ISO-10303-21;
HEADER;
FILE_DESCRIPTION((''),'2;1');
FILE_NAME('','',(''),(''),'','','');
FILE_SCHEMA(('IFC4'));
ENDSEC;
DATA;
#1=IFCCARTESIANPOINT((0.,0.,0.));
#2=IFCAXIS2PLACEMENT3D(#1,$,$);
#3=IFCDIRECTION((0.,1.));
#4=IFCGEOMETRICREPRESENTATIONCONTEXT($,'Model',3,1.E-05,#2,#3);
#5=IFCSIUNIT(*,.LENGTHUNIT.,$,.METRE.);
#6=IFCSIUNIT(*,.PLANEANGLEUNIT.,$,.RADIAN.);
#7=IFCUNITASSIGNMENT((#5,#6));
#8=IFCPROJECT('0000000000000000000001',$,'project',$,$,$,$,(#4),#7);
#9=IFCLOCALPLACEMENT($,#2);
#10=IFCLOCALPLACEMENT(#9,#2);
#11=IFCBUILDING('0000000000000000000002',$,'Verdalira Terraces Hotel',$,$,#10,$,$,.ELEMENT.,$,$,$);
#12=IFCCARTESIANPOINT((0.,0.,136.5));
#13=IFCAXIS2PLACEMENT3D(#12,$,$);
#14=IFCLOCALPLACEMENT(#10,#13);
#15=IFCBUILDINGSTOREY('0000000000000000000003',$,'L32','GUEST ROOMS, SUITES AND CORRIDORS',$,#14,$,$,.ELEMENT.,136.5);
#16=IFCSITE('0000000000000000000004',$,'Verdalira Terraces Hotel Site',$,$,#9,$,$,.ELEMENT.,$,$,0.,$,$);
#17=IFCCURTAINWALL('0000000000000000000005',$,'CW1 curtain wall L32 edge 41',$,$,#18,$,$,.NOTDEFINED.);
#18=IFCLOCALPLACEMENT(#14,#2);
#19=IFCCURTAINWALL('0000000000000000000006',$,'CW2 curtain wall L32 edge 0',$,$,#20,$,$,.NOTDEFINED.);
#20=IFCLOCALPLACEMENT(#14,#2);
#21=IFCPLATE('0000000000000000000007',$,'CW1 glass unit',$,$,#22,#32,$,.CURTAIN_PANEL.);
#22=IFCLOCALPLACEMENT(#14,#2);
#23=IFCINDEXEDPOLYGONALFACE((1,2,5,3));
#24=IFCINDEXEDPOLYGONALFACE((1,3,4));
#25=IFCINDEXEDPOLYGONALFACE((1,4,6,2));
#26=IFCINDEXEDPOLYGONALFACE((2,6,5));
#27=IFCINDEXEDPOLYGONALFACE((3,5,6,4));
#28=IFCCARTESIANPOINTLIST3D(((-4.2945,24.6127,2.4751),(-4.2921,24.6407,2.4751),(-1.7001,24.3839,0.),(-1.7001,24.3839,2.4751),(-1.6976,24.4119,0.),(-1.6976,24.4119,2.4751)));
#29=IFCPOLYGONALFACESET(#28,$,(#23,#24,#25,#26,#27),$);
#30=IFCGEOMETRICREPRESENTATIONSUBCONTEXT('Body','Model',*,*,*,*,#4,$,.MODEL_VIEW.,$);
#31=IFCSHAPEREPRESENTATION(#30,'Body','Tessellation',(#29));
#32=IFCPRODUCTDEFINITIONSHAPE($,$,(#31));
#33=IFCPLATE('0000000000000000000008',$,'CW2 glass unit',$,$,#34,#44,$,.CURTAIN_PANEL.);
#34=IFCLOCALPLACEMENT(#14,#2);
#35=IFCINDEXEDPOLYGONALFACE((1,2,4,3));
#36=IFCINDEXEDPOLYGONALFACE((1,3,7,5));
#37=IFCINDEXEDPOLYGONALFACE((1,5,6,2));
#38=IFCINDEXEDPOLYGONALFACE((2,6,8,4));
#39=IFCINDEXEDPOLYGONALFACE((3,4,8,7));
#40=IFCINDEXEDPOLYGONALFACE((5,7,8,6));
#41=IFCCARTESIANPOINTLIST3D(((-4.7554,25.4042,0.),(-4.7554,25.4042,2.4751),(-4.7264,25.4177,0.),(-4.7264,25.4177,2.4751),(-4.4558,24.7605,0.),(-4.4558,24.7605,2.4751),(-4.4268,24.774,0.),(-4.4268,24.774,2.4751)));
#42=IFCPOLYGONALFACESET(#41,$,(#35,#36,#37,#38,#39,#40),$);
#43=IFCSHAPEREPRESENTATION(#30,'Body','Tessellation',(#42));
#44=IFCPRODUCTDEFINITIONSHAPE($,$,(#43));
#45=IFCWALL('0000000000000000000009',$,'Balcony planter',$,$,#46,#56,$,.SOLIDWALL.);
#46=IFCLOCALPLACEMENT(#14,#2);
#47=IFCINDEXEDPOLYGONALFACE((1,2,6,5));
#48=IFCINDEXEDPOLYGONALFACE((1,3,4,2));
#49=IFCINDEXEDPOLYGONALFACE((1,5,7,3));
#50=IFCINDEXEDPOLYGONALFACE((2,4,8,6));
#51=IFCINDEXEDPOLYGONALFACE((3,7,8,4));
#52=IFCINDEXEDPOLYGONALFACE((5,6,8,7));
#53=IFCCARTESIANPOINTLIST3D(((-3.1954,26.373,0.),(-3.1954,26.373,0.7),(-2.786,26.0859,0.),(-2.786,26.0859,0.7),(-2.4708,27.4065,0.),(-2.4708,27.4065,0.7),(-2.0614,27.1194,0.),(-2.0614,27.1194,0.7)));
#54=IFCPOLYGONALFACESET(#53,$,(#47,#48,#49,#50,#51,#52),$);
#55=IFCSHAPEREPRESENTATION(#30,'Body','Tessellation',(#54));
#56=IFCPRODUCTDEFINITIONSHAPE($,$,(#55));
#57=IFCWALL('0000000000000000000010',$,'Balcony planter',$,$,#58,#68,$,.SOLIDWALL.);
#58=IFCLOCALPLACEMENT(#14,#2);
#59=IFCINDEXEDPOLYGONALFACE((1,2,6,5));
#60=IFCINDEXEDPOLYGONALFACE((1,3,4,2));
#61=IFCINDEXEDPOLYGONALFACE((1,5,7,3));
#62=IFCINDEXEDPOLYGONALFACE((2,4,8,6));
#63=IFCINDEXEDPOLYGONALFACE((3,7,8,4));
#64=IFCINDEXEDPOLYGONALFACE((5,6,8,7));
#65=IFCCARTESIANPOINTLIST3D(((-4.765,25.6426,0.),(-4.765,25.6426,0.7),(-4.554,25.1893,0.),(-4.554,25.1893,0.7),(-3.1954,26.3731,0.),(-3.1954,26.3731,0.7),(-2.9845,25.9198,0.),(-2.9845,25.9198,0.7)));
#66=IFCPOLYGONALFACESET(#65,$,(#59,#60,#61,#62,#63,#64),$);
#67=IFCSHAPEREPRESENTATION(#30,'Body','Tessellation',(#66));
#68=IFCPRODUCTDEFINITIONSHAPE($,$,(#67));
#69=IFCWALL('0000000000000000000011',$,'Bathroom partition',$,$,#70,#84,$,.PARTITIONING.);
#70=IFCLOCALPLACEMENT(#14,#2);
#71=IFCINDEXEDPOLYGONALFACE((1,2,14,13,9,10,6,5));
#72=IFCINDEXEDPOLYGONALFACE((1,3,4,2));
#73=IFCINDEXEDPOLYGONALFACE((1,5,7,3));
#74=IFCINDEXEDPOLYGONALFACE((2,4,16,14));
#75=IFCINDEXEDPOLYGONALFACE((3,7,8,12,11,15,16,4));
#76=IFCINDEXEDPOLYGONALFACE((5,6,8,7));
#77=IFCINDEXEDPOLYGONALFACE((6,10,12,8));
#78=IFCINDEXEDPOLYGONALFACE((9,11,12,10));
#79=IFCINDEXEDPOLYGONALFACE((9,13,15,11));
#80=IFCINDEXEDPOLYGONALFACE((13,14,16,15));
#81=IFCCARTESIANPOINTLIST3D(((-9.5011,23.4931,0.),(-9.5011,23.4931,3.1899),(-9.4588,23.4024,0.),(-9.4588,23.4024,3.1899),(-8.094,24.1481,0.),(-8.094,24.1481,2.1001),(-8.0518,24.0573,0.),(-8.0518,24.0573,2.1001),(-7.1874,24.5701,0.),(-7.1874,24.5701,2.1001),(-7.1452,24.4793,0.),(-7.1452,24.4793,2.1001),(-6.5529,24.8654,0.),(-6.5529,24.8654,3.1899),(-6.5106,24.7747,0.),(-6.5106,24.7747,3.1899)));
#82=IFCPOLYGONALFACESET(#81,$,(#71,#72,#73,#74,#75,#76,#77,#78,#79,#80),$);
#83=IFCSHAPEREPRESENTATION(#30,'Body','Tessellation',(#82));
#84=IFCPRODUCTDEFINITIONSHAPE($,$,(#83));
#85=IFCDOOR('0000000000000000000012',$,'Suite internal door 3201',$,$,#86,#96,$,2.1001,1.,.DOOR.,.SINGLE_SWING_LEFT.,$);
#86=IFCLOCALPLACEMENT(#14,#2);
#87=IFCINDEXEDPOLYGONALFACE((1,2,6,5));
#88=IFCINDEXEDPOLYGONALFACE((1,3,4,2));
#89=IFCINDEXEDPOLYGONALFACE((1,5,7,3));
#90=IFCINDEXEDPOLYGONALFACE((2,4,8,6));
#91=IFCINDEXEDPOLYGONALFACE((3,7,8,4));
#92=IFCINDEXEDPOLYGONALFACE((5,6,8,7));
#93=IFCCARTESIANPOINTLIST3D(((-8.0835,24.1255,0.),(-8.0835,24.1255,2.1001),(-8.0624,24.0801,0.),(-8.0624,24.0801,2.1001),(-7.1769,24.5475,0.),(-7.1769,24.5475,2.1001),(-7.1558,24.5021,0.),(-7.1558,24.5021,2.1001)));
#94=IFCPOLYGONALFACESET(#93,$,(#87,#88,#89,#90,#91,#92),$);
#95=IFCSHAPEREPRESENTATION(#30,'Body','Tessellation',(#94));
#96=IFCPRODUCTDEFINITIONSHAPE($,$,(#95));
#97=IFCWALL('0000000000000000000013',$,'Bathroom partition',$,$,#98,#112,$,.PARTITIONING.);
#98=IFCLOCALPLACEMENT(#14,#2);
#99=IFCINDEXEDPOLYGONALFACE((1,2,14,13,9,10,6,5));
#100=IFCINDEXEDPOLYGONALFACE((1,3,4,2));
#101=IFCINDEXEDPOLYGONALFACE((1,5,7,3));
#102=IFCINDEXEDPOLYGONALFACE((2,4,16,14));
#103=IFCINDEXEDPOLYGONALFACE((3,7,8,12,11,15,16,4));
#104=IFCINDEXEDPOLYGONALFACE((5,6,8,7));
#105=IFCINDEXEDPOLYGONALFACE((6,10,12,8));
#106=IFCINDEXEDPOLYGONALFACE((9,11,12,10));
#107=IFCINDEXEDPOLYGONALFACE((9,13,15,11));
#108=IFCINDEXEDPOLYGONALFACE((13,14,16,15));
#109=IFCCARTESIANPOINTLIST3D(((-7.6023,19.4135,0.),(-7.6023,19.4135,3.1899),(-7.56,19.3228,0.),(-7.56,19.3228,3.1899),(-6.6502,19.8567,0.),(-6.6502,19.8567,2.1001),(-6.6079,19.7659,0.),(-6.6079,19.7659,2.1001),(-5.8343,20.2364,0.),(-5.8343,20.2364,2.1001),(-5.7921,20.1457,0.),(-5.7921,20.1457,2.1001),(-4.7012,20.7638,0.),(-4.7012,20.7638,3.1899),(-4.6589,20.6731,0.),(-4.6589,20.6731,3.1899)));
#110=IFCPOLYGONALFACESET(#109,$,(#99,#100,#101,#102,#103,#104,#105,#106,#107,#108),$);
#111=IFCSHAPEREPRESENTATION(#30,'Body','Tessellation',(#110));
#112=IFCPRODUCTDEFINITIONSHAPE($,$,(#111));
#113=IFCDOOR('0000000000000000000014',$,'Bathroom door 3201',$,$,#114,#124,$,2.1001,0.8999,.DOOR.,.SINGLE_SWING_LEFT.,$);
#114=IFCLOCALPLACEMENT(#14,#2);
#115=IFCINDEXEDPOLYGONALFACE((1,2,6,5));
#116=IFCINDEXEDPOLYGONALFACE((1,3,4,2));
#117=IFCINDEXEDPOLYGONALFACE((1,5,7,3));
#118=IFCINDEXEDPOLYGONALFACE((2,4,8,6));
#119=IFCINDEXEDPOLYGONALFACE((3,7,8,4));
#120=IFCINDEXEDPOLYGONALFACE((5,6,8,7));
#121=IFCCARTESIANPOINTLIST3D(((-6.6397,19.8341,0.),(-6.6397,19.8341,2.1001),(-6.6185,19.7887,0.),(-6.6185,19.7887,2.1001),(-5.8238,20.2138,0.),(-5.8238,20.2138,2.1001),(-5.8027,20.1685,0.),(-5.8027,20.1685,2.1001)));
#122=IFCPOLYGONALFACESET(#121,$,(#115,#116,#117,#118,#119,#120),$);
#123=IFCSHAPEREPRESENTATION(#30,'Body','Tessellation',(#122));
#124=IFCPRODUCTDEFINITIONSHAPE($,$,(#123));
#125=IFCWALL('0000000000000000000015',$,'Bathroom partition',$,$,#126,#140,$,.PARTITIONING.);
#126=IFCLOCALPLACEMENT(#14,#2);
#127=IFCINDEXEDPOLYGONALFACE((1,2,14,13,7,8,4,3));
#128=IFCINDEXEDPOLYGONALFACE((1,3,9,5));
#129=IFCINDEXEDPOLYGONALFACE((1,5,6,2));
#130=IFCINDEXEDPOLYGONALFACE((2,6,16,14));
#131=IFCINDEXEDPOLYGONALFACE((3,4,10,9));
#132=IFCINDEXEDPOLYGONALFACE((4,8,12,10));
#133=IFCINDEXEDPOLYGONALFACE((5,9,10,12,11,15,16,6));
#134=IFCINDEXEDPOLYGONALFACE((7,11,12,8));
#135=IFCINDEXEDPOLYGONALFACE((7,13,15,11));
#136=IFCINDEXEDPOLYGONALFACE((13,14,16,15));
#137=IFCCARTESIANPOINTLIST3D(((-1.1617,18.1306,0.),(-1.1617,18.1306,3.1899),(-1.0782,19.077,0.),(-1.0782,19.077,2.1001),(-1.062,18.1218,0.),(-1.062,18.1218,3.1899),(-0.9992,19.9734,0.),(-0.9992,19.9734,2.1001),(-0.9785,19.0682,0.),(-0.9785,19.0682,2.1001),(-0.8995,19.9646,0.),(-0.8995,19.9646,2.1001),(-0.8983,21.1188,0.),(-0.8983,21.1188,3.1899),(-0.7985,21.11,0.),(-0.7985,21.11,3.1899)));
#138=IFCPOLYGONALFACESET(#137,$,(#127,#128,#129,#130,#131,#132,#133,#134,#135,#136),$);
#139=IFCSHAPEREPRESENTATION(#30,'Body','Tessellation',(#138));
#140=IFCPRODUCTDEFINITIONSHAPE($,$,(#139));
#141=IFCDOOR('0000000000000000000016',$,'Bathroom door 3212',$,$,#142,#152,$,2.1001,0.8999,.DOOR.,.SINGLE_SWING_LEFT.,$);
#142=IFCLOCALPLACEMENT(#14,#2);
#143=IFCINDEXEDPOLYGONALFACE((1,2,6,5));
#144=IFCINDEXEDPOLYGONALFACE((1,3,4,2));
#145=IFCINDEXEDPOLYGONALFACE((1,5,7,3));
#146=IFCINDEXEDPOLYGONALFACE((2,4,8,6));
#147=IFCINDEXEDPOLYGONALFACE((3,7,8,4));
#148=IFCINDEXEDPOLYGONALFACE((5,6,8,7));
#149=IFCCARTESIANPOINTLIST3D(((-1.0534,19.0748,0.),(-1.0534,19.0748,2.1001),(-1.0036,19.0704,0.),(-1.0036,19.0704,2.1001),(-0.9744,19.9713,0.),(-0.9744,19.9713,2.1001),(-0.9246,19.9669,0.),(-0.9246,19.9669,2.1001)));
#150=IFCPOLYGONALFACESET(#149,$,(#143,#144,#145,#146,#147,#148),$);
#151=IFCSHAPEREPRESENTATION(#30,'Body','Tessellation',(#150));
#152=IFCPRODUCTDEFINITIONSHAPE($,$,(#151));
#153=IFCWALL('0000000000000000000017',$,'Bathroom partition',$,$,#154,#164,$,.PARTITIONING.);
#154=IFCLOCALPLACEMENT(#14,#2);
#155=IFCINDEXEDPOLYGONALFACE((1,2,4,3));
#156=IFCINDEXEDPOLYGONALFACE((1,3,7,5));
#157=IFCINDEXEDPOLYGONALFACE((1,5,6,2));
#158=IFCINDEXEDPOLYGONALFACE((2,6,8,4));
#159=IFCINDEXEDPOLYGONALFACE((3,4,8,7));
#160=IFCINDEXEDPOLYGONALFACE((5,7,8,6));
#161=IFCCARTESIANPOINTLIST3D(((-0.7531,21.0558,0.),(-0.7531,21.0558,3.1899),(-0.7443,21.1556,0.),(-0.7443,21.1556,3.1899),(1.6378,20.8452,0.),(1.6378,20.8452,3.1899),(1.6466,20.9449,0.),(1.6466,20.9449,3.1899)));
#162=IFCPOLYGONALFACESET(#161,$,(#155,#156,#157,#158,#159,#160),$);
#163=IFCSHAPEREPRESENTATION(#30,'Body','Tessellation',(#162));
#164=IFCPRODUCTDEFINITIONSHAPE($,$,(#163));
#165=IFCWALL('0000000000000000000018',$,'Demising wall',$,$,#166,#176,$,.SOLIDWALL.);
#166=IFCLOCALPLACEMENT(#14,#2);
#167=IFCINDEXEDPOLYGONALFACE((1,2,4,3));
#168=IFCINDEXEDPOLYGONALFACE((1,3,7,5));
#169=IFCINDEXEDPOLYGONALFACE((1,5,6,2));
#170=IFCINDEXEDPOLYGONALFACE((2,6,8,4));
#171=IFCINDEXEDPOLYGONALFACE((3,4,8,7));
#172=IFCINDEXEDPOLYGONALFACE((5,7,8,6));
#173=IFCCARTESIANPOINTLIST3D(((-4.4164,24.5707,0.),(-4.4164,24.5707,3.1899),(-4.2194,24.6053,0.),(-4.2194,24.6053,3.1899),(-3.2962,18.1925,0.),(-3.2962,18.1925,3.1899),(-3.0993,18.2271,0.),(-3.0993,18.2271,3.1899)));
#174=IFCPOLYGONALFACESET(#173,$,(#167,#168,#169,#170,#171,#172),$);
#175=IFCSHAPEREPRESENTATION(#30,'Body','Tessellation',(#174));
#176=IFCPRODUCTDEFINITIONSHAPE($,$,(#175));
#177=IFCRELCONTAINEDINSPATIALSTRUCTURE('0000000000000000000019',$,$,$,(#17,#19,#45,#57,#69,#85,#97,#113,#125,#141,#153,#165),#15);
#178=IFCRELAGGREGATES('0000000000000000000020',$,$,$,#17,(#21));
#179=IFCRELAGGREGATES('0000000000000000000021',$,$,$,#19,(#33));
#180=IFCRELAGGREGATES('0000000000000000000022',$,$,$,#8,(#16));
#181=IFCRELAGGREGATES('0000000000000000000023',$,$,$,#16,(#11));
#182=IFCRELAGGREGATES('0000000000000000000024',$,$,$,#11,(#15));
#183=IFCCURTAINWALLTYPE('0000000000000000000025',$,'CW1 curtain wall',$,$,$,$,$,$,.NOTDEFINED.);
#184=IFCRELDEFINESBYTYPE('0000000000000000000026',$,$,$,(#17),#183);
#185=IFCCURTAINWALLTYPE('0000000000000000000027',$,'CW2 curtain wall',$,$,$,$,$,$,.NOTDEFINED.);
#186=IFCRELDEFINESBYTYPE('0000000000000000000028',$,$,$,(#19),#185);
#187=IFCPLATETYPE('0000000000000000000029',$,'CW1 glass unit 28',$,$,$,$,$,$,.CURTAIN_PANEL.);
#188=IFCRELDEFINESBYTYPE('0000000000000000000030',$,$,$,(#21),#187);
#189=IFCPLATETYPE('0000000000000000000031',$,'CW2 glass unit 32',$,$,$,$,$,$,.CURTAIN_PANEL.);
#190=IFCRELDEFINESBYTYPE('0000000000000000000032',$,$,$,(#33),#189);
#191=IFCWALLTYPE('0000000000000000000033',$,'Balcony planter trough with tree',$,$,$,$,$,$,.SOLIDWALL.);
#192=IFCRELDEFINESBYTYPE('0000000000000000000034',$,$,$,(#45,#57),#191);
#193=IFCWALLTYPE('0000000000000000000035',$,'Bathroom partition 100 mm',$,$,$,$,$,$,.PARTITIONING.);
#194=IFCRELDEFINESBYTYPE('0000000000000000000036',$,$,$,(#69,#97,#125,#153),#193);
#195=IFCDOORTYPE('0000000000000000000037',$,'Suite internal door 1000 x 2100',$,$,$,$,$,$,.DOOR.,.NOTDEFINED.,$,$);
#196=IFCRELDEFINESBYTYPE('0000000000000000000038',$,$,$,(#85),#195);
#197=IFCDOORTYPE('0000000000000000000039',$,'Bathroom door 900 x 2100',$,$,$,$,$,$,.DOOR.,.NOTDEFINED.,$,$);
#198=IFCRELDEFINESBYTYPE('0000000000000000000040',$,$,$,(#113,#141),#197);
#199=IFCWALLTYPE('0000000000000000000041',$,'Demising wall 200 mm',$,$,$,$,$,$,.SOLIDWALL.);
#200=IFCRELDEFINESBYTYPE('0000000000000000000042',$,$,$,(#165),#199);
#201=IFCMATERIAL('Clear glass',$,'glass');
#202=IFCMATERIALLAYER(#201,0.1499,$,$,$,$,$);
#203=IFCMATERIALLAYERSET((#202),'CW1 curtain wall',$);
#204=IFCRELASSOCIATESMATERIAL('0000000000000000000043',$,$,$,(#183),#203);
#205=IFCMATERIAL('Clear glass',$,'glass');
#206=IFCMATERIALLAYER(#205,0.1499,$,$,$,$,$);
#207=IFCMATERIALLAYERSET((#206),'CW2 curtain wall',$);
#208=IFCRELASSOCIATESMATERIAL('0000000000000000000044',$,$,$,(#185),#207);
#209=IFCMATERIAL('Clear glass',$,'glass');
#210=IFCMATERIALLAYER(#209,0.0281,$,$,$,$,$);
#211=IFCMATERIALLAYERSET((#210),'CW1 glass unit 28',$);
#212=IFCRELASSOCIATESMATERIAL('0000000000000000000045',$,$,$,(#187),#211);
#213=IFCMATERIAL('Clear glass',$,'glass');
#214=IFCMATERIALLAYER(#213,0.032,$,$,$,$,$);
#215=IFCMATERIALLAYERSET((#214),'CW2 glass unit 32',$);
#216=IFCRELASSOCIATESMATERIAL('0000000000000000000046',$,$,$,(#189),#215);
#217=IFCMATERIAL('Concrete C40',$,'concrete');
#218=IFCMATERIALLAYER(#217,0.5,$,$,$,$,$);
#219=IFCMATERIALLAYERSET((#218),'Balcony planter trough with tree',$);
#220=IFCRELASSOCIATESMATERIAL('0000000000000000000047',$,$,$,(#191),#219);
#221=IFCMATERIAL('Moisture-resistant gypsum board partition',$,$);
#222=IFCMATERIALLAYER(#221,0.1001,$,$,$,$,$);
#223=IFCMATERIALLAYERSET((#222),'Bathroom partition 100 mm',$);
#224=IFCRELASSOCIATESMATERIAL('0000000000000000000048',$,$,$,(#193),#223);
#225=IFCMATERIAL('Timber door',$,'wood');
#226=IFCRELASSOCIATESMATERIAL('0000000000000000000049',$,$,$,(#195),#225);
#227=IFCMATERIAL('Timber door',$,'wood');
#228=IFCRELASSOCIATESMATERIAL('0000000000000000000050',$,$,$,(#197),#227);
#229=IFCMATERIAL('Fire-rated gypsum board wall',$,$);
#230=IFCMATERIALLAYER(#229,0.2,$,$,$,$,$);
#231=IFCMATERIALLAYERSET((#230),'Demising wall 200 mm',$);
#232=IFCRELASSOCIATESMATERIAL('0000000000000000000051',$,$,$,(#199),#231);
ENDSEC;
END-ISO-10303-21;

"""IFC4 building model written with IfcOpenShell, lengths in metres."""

from ifc_helpers import new_model, si_unit, direction, frame, frame_2d, origin, origin_2d, place, context, subcontext, project, spatial, polyline, rectangle, outline, extrude, material, layer, layer_set, type_object, element, fill, aggregate, save


model = new_model("IFC4")

# Units and contexts
model_context = context("Model", 3, precision=1e-05, world=origin(), true_north=direction((0.0, 1.0)))
body_context = subcontext(model_context, "Body", "Model", "MODEL_VIEW")
ifc_project = project(units=[si_unit("LENGTHUNIT", "METRE"), si_unit("PLANEANGLEUNIT", "RADIAN")], contexts=[model_context])

# Site, building, storey
site_placement = place(None, origin())
site = spatial("IfcSite", under=ifc_project, at=site_placement, Name="Verdalira Terraces Hotel Site", CompositionType="ELEMENT", RefElevation=0.0)
building_placement = place(site_placement, origin())
building = spatial("IfcBuilding", under=site, at=building_placement, Name="Verdalira Terraces Hotel", CompositionType="ELEMENT")
storey_placement = place(building_placement, frame((0.0, 0.0, 136.5)))
storey = spatial("IfcBuildingStorey", under=building, at=storey_placement, Name="L32", Description="GUEST ROOMS, SUITES AND CORRIDORS", CompositionType="ELEMENT", Elevation=136.5)

# Curtain wall
ifc_material_1 = material(Name="Clear glass", Category="glass")
ifc_layer_1 = layer(ifc_material_1, 0.1499)
ifc_layer_set_1 = layer_set([ifc_layer_1], Name="CW1 curtain wall")
curtain_wall_type_1 = type_object("IfcCurtainWallType", Name="CW1 curtain wall", PredefinedType="NOTDEFINED", material=ifc_layer_set_1)
curtain_wall_1_placement = place(storey_placement, origin())
curtain_wall_1 = element("IfcCurtainWall", 1, at=curtain_wall_1_placement, inside=storey, type_object=curtain_wall_type_1, Name="CW1 curtain wall L32 edge 41", PredefinedType="NOTDEFINED")

# Curtain wall
ifc_material_2 = material(Name="Clear glass", Category="glass")
ifc_layer_2 = layer(ifc_material_2, 0.1499)
ifc_layer_set_2 = layer_set([ifc_layer_2], Name="CW2 curtain wall")
curtain_wall_type_2 = type_object("IfcCurtainWallType", Name="CW2 curtain wall", PredefinedType="NOTDEFINED", material=ifc_layer_set_2)
curtain_wall_2_placement = place(storey_placement, origin())
curtain_wall_2 = element("IfcCurtainWall", 2, at=curtain_wall_2_placement, inside=storey, type_object=curtain_wall_type_2, Name="CW2 curtain wall L32 edge 0", PredefinedType="NOTDEFINED")

# Plates
ifc_material_3 = material(Name="Clear glass", Category="glass")
ifc_layer_3 = layer(ifc_material_3, 0.0281)
ifc_layer_set_3 = layer_set([ifc_layer_3], Name="CW1 glass unit 28")
plate_type_1 = type_object("IfcPlateType", Name="CW1 glass unit 28", PredefinedType="CURTAIN_PANEL", material=ifc_layer_set_3)
plate_1_placement = place(storey_placement, frame((-2.9973, 24.4983, 1.2375), z_axis=(0.087851, 0.996134, 0.0), x_axis=(-0.996134, 0.087851, 0.0)))
plate_1 = element("IfcPlate", 3, at=plate_1_placement, type_object=plate_type_1, Name="CW1 glass unit", PredefinedType="CURTAIN_PANEL", context=body_context, shape_type="SweptSolid", body=[
    extrude(outline(polyline([(-1.3022, -1.2375), (1.3022, 1.2375), (-1.3022, 1.2375), (-1.3022, -1.2375)])), origin(), (0.0, 0.0, 1.0), 0.0281),
])
aggregate(curtain_wall_1, [plate_1])
ifc_material_4 = material(Name="Clear glass", Category="glass")
ifc_layer_4 = layer(ifc_material_4, 0.032)
ifc_layer_set_4 = layer_set([ifc_layer_4], Name="CW2 glass unit 32")
plate_type_2 = type_object("IfcPlateType", Name="CW2 glass unit 32", PredefinedType="CURTAIN_PANEL", material=ifc_layer_set_4)
plate_2_placement = place(storey_placement, frame((-4.5911, 25.0891, 0.0), z_axis=(0.0, 0.0, 1.0), x_axis=(-0.421985, 0.906603, 0.0)))
plate_2 = element("IfcPlate", 4, at=plate_2_placement, type_object=plate_type_2, Name="CW2 glass unit", PredefinedType="CURTAIN_PANEL", context=body_context, shape_type="SweptSolid", body=[
    extrude(rectangle(XDim=0.71, YDim=0.032, at=origin_2d()), origin(), (0.0, 0.0, 1.0), 2.4751),
])
aggregate(curtain_wall_2, [plate_2])

# Walls
ifc_material_5 = material(Name="Concrete C40", Category="concrete")
ifc_layer_5 = layer(ifc_material_5, 0.5)
ifc_layer_set_5 = layer_set([ifc_layer_5], Name="Balcony planter trough with tree")
wall_type_1 = type_object("IfcWallType", Name="Balcony planter trough with tree", PredefinedType="SOLIDWALL", material=ifc_layer_set_5)
wall_1_placement = place(storey_placement, frame((-2.2661, 27.2629, 0.0), z_axis=(0.0, 0.0, 1.0), x_axis=(-0.574098, -0.818786, 0.0)))
element("IfcWall", 5, at=wall_1_placement, inside=storey, type_object=wall_type_1, Name="Balcony planter", PredefinedType="SOLIDWALL", context=body_context, shape_type="SweptSolid", body=[
    extrude(rectangle(XDim=1.2622, YDim=0.5, at=frame_2d((0.6311, 0.0))), origin(), (0.0, 0.0, 1.0), 0.7),
])
wall_2_placement = place(storey_placement, frame((-3.0898, 26.1465, 0.0), z_axis=(0.0, 0.0, 1.0), x_axis=(-0.906626, -0.421936, 0.0)))
element("IfcWall", 6, at=wall_2_placement, inside=storey, type_object=wall_type_1, Name="Balcony planter", PredefinedType="SOLIDWALL", context=body_context, shape_type="SweptSolid", body=[
    extrude(rectangle(XDim=1.7312, YDim=0.5, at=frame_2d((0.8657, 0.0))), origin(), (0.0, 0.0, 1.0), 0.7),
])

# Walls, openings, doors
ifc_material_6 = material(Name="Moisture-resistant gypsum board partition")
ifc_layer_6 = layer(ifc_material_6, 0.1001)
ifc_layer_set_6 = layer_set([ifc_layer_6], Name="Bathroom partition 100 mm")
wall_type_2 = type_object("IfcWallType", Name="Bathroom partition 100 mm", PredefinedType="PARTITIONING", material=ifc_layer_set_6)
wall_3_placement = place(storey_placement, frame((-6.5317, 24.8201, 0.0), z_axis=(0.0, 0.0, 1.0), x_axis=(-0.906599, -0.421993, 0.0)))
wall_3 = element("IfcWall", 7, at=wall_3_placement, inside=storey, type_object=wall_type_2, Name="Bathroom partition", PredefinedType="PARTITIONING", context=body_context, shape_type="SweptSolid", body=[
    extrude(rectangle(XDim=3.252, YDim=0.1001, at=frame_2d((1.626, 0.0))), origin(), (0.0, 0.0, 1.0), 3.1899),
])
opening_1_placement = place(wall_3_placement, frame((0.7, 0.0, 0.0)))
opening_1 = element("IfcOpeningElement", 8, at=opening_1_placement, cuts=wall_3, PredefinedType="OPENING", context=body_context, shape_type="SweptSolid", body=[
    extrude(rectangle(XDim=1.0, YDim=2.1001, at=frame_2d((0.5, 1.05))), frame((0.0, 0.0601, 0.0), z_axis=(0.0, -1.0, 0.0), x_axis=(1.0, 0.0, 0.0)), (0.0, 0.0, 1.0), 0.1201),
])
ifc_material_7 = material(Name="Timber door", Category="wood")
door_type_1 = type_object("IfcDoorType", Name="Suite internal door 1000 x 2100", OperationType="NOTDEFINED", PredefinedType="DOOR", material=ifc_material_7)
door_1_placement = place(opening_1_placement, origin())
door_1 = element("IfcDoor", 9, at=door_1_placement, inside=storey, type_object=door_type_1, Name="Suite internal door 3201", OperationType="SINGLE_SWING_LEFT", OverallHeight=2.1001, OverallWidth=1.0, PredefinedType="DOOR", context=body_context, shape_type="SweptSolid", body=[
    extrude(rectangle(XDim=1.0, YDim=2.1001, at=frame_2d((0.5, 1.05))), frame((0.0, 0.0249, 0.0), z_axis=(0.0, -1.0, 0.0), x_axis=(1.0, 0.0, 0.0)), (0.0, 0.0, 1.0), 0.05),
])
fill(opening_1, door_1)
wall_4_placement = place(storey_placement, frame((-4.6799, 20.7185, 0.0), z_axis=(0.0, 0.0, 1.0), x_axis=(-0.906604, -0.421983, 0.0)))
wall_4 = element("IfcWall", 10, at=wall_4_placement, inside=storey, type_object=wall_type_2, Name="Bathroom partition", PredefinedType="PARTITIONING", context=body_context, shape_type="SweptSolid", body=[
    extrude(rectangle(XDim=3.2, YDim=0.1001, at=frame_2d((1.6001, 0.0))), origin(), (0.0, 0.0, 1.0), 3.1899),
])
opening_2_placement = place(wall_4_placement, frame((1.25, 0.0, 0.0)))
opening_2 = element("IfcOpeningElement", 11, at=opening_2_placement, cuts=wall_4, PredefinedType="OPENING", context=body_context, shape_type="SweptSolid", body=[
    extrude(rectangle(XDim=0.8999, YDim=2.1001, at=frame_2d((0.45, 1.05))), frame((0.0, 0.0601, 0.0), z_axis=(0.0, -1.0, 0.0), x_axis=(1.0, 0.0, 0.0)), (0.0, 0.0, 1.0), 0.1201),
])
ifc_material_8 = material(Name="Timber door", Category="wood")
door_type_2 = type_object("IfcDoorType", Name="Bathroom door 900 x 2100", OperationType="NOTDEFINED", PredefinedType="DOOR", material=ifc_material_8)
door_2_placement = place(opening_2_placement, origin())
door_2 = element("IfcDoor", 12, at=door_2_placement, inside=storey, type_object=door_type_2, Name="Bathroom door 3201", OperationType="SINGLE_SWING_LEFT", OverallHeight=2.1001, OverallWidth=0.8999, PredefinedType="DOOR", context=body_context, shape_type="SweptSolid", body=[
    extrude(rectangle(XDim=0.8999, YDim=2.1001, at=frame_2d((0.45, 1.05))), frame((0.0, 0.0249, 0.0), z_axis=(0.0, -1.0, 0.0), x_axis=(1.0, 0.0, 0.0)), (0.0, 0.0, 1.0), 0.05),
])
fill(opening_2, door_2)
wall_5_placement = place(storey_placement, frame((-0.8484, 21.1145, 0.0), z_axis=(0.0, 0.0, 1.0), x_axis=(-0.087813, -0.996137, 0.0)))
wall_5 = element("IfcWall", 13, at=wall_5_placement, inside=storey, type_object=wall_type_2, Name="Bathroom partition", PredefinedType="PARTITIONING", context=body_context, shape_type="SweptSolid", body=[
    extrude(rectangle(XDim=2.9998, YDim=0.1001, at=frame_2d((1.5, 0.0))), origin(), (0.0, 0.0, 1.0), 3.1899),
])
opening_3_placement = place(wall_5_placement, frame((1.1499, 0.0, 0.0)))
opening_3 = element("IfcOpeningElement", 14, at=opening_3_placement, cuts=wall_5, PredefinedType="OPENING", context=body_context, shape_type="SweptSolid", body=[
    extrude(rectangle(XDim=0.8999, YDim=2.1001, at=frame_2d((0.45, 1.05))), frame((0.0, 0.0601, 0.0), z_axis=(0.0, -1.0, 0.0), x_axis=(1.0, 0.0, 0.0)), (0.0, 0.0, 1.0), 0.1201),
])
door_3_placement = place(opening_3_placement, origin())
door_3 = element("IfcDoor", 15, at=door_3_placement, inside=storey, type_object=door_type_2, Name="Bathroom door 3212", OperationType="SINGLE_SWING_LEFT", OverallHeight=2.1001, OverallWidth=0.8999, PredefinedType="DOOR", context=body_context, shape_type="SweptSolid", body=[
    extrude(rectangle(XDim=0.8999, YDim=2.1001, at=frame_2d((0.45, 1.05))), frame((0.0, 0.0249, 0.0), z_axis=(0.0, -1.0, 0.0), x_axis=(1.0, 0.0, 0.0)), (0.0, 0.0, 1.0), 0.05),
])
fill(opening_3, door_3)

# Walls
wall_6_placement = place(storey_placement, frame((-0.7488, 21.1057, 0.0), z_axis=(0.0, 0.0, 1.0), x_axis=(0.99614, -0.087784, 0.0)))
element("IfcWall", 16, at=wall_6_placement, inside=storey, type_object=wall_type_2, Name="Bathroom partition", PredefinedType="PARTITIONING", context=body_context, shape_type="SweptSolid", body=[
    extrude(rectangle(XDim=2.4001, YDim=0.1001, at=frame_2d((1.2002, 0.0))), origin(), (0.0, 0.0, 1.0), 3.1899),
])
ifc_material_9 = material(Name="Fire-rated gypsum board wall")
ifc_layer_7 = layer(ifc_material_9, 0.2)
ifc_layer_set_7 = layer_set([ifc_layer_7], Name="Demising wall 200 mm")
wall_type_3 = type_object("IfcWallType", Name="Demising wall 200 mm", PredefinedType="SOLIDWALL", material=ifc_layer_set_7)
wall_7_placement = place(storey_placement, frame((-4.3179, 24.5879, 0.0), z_axis=(0.0, 0.0, 1.0), x_axis=(0.17297, -0.984927, 0.0)))
element("IfcWall", 17, at=wall_7_placement, inside=storey, type_object=wall_type_3, Name="Demising wall", PredefinedType="SOLIDWALL", context=body_context, shape_type="SweptSolid", body=[
    extrude(rectangle(XDim=6.4758, YDim=0.2, at=frame_2d((3.2378, 0.0))), origin(), (0.0, 0.0, 1.0), 3.1899),
])

save(model, "model.ifc")
